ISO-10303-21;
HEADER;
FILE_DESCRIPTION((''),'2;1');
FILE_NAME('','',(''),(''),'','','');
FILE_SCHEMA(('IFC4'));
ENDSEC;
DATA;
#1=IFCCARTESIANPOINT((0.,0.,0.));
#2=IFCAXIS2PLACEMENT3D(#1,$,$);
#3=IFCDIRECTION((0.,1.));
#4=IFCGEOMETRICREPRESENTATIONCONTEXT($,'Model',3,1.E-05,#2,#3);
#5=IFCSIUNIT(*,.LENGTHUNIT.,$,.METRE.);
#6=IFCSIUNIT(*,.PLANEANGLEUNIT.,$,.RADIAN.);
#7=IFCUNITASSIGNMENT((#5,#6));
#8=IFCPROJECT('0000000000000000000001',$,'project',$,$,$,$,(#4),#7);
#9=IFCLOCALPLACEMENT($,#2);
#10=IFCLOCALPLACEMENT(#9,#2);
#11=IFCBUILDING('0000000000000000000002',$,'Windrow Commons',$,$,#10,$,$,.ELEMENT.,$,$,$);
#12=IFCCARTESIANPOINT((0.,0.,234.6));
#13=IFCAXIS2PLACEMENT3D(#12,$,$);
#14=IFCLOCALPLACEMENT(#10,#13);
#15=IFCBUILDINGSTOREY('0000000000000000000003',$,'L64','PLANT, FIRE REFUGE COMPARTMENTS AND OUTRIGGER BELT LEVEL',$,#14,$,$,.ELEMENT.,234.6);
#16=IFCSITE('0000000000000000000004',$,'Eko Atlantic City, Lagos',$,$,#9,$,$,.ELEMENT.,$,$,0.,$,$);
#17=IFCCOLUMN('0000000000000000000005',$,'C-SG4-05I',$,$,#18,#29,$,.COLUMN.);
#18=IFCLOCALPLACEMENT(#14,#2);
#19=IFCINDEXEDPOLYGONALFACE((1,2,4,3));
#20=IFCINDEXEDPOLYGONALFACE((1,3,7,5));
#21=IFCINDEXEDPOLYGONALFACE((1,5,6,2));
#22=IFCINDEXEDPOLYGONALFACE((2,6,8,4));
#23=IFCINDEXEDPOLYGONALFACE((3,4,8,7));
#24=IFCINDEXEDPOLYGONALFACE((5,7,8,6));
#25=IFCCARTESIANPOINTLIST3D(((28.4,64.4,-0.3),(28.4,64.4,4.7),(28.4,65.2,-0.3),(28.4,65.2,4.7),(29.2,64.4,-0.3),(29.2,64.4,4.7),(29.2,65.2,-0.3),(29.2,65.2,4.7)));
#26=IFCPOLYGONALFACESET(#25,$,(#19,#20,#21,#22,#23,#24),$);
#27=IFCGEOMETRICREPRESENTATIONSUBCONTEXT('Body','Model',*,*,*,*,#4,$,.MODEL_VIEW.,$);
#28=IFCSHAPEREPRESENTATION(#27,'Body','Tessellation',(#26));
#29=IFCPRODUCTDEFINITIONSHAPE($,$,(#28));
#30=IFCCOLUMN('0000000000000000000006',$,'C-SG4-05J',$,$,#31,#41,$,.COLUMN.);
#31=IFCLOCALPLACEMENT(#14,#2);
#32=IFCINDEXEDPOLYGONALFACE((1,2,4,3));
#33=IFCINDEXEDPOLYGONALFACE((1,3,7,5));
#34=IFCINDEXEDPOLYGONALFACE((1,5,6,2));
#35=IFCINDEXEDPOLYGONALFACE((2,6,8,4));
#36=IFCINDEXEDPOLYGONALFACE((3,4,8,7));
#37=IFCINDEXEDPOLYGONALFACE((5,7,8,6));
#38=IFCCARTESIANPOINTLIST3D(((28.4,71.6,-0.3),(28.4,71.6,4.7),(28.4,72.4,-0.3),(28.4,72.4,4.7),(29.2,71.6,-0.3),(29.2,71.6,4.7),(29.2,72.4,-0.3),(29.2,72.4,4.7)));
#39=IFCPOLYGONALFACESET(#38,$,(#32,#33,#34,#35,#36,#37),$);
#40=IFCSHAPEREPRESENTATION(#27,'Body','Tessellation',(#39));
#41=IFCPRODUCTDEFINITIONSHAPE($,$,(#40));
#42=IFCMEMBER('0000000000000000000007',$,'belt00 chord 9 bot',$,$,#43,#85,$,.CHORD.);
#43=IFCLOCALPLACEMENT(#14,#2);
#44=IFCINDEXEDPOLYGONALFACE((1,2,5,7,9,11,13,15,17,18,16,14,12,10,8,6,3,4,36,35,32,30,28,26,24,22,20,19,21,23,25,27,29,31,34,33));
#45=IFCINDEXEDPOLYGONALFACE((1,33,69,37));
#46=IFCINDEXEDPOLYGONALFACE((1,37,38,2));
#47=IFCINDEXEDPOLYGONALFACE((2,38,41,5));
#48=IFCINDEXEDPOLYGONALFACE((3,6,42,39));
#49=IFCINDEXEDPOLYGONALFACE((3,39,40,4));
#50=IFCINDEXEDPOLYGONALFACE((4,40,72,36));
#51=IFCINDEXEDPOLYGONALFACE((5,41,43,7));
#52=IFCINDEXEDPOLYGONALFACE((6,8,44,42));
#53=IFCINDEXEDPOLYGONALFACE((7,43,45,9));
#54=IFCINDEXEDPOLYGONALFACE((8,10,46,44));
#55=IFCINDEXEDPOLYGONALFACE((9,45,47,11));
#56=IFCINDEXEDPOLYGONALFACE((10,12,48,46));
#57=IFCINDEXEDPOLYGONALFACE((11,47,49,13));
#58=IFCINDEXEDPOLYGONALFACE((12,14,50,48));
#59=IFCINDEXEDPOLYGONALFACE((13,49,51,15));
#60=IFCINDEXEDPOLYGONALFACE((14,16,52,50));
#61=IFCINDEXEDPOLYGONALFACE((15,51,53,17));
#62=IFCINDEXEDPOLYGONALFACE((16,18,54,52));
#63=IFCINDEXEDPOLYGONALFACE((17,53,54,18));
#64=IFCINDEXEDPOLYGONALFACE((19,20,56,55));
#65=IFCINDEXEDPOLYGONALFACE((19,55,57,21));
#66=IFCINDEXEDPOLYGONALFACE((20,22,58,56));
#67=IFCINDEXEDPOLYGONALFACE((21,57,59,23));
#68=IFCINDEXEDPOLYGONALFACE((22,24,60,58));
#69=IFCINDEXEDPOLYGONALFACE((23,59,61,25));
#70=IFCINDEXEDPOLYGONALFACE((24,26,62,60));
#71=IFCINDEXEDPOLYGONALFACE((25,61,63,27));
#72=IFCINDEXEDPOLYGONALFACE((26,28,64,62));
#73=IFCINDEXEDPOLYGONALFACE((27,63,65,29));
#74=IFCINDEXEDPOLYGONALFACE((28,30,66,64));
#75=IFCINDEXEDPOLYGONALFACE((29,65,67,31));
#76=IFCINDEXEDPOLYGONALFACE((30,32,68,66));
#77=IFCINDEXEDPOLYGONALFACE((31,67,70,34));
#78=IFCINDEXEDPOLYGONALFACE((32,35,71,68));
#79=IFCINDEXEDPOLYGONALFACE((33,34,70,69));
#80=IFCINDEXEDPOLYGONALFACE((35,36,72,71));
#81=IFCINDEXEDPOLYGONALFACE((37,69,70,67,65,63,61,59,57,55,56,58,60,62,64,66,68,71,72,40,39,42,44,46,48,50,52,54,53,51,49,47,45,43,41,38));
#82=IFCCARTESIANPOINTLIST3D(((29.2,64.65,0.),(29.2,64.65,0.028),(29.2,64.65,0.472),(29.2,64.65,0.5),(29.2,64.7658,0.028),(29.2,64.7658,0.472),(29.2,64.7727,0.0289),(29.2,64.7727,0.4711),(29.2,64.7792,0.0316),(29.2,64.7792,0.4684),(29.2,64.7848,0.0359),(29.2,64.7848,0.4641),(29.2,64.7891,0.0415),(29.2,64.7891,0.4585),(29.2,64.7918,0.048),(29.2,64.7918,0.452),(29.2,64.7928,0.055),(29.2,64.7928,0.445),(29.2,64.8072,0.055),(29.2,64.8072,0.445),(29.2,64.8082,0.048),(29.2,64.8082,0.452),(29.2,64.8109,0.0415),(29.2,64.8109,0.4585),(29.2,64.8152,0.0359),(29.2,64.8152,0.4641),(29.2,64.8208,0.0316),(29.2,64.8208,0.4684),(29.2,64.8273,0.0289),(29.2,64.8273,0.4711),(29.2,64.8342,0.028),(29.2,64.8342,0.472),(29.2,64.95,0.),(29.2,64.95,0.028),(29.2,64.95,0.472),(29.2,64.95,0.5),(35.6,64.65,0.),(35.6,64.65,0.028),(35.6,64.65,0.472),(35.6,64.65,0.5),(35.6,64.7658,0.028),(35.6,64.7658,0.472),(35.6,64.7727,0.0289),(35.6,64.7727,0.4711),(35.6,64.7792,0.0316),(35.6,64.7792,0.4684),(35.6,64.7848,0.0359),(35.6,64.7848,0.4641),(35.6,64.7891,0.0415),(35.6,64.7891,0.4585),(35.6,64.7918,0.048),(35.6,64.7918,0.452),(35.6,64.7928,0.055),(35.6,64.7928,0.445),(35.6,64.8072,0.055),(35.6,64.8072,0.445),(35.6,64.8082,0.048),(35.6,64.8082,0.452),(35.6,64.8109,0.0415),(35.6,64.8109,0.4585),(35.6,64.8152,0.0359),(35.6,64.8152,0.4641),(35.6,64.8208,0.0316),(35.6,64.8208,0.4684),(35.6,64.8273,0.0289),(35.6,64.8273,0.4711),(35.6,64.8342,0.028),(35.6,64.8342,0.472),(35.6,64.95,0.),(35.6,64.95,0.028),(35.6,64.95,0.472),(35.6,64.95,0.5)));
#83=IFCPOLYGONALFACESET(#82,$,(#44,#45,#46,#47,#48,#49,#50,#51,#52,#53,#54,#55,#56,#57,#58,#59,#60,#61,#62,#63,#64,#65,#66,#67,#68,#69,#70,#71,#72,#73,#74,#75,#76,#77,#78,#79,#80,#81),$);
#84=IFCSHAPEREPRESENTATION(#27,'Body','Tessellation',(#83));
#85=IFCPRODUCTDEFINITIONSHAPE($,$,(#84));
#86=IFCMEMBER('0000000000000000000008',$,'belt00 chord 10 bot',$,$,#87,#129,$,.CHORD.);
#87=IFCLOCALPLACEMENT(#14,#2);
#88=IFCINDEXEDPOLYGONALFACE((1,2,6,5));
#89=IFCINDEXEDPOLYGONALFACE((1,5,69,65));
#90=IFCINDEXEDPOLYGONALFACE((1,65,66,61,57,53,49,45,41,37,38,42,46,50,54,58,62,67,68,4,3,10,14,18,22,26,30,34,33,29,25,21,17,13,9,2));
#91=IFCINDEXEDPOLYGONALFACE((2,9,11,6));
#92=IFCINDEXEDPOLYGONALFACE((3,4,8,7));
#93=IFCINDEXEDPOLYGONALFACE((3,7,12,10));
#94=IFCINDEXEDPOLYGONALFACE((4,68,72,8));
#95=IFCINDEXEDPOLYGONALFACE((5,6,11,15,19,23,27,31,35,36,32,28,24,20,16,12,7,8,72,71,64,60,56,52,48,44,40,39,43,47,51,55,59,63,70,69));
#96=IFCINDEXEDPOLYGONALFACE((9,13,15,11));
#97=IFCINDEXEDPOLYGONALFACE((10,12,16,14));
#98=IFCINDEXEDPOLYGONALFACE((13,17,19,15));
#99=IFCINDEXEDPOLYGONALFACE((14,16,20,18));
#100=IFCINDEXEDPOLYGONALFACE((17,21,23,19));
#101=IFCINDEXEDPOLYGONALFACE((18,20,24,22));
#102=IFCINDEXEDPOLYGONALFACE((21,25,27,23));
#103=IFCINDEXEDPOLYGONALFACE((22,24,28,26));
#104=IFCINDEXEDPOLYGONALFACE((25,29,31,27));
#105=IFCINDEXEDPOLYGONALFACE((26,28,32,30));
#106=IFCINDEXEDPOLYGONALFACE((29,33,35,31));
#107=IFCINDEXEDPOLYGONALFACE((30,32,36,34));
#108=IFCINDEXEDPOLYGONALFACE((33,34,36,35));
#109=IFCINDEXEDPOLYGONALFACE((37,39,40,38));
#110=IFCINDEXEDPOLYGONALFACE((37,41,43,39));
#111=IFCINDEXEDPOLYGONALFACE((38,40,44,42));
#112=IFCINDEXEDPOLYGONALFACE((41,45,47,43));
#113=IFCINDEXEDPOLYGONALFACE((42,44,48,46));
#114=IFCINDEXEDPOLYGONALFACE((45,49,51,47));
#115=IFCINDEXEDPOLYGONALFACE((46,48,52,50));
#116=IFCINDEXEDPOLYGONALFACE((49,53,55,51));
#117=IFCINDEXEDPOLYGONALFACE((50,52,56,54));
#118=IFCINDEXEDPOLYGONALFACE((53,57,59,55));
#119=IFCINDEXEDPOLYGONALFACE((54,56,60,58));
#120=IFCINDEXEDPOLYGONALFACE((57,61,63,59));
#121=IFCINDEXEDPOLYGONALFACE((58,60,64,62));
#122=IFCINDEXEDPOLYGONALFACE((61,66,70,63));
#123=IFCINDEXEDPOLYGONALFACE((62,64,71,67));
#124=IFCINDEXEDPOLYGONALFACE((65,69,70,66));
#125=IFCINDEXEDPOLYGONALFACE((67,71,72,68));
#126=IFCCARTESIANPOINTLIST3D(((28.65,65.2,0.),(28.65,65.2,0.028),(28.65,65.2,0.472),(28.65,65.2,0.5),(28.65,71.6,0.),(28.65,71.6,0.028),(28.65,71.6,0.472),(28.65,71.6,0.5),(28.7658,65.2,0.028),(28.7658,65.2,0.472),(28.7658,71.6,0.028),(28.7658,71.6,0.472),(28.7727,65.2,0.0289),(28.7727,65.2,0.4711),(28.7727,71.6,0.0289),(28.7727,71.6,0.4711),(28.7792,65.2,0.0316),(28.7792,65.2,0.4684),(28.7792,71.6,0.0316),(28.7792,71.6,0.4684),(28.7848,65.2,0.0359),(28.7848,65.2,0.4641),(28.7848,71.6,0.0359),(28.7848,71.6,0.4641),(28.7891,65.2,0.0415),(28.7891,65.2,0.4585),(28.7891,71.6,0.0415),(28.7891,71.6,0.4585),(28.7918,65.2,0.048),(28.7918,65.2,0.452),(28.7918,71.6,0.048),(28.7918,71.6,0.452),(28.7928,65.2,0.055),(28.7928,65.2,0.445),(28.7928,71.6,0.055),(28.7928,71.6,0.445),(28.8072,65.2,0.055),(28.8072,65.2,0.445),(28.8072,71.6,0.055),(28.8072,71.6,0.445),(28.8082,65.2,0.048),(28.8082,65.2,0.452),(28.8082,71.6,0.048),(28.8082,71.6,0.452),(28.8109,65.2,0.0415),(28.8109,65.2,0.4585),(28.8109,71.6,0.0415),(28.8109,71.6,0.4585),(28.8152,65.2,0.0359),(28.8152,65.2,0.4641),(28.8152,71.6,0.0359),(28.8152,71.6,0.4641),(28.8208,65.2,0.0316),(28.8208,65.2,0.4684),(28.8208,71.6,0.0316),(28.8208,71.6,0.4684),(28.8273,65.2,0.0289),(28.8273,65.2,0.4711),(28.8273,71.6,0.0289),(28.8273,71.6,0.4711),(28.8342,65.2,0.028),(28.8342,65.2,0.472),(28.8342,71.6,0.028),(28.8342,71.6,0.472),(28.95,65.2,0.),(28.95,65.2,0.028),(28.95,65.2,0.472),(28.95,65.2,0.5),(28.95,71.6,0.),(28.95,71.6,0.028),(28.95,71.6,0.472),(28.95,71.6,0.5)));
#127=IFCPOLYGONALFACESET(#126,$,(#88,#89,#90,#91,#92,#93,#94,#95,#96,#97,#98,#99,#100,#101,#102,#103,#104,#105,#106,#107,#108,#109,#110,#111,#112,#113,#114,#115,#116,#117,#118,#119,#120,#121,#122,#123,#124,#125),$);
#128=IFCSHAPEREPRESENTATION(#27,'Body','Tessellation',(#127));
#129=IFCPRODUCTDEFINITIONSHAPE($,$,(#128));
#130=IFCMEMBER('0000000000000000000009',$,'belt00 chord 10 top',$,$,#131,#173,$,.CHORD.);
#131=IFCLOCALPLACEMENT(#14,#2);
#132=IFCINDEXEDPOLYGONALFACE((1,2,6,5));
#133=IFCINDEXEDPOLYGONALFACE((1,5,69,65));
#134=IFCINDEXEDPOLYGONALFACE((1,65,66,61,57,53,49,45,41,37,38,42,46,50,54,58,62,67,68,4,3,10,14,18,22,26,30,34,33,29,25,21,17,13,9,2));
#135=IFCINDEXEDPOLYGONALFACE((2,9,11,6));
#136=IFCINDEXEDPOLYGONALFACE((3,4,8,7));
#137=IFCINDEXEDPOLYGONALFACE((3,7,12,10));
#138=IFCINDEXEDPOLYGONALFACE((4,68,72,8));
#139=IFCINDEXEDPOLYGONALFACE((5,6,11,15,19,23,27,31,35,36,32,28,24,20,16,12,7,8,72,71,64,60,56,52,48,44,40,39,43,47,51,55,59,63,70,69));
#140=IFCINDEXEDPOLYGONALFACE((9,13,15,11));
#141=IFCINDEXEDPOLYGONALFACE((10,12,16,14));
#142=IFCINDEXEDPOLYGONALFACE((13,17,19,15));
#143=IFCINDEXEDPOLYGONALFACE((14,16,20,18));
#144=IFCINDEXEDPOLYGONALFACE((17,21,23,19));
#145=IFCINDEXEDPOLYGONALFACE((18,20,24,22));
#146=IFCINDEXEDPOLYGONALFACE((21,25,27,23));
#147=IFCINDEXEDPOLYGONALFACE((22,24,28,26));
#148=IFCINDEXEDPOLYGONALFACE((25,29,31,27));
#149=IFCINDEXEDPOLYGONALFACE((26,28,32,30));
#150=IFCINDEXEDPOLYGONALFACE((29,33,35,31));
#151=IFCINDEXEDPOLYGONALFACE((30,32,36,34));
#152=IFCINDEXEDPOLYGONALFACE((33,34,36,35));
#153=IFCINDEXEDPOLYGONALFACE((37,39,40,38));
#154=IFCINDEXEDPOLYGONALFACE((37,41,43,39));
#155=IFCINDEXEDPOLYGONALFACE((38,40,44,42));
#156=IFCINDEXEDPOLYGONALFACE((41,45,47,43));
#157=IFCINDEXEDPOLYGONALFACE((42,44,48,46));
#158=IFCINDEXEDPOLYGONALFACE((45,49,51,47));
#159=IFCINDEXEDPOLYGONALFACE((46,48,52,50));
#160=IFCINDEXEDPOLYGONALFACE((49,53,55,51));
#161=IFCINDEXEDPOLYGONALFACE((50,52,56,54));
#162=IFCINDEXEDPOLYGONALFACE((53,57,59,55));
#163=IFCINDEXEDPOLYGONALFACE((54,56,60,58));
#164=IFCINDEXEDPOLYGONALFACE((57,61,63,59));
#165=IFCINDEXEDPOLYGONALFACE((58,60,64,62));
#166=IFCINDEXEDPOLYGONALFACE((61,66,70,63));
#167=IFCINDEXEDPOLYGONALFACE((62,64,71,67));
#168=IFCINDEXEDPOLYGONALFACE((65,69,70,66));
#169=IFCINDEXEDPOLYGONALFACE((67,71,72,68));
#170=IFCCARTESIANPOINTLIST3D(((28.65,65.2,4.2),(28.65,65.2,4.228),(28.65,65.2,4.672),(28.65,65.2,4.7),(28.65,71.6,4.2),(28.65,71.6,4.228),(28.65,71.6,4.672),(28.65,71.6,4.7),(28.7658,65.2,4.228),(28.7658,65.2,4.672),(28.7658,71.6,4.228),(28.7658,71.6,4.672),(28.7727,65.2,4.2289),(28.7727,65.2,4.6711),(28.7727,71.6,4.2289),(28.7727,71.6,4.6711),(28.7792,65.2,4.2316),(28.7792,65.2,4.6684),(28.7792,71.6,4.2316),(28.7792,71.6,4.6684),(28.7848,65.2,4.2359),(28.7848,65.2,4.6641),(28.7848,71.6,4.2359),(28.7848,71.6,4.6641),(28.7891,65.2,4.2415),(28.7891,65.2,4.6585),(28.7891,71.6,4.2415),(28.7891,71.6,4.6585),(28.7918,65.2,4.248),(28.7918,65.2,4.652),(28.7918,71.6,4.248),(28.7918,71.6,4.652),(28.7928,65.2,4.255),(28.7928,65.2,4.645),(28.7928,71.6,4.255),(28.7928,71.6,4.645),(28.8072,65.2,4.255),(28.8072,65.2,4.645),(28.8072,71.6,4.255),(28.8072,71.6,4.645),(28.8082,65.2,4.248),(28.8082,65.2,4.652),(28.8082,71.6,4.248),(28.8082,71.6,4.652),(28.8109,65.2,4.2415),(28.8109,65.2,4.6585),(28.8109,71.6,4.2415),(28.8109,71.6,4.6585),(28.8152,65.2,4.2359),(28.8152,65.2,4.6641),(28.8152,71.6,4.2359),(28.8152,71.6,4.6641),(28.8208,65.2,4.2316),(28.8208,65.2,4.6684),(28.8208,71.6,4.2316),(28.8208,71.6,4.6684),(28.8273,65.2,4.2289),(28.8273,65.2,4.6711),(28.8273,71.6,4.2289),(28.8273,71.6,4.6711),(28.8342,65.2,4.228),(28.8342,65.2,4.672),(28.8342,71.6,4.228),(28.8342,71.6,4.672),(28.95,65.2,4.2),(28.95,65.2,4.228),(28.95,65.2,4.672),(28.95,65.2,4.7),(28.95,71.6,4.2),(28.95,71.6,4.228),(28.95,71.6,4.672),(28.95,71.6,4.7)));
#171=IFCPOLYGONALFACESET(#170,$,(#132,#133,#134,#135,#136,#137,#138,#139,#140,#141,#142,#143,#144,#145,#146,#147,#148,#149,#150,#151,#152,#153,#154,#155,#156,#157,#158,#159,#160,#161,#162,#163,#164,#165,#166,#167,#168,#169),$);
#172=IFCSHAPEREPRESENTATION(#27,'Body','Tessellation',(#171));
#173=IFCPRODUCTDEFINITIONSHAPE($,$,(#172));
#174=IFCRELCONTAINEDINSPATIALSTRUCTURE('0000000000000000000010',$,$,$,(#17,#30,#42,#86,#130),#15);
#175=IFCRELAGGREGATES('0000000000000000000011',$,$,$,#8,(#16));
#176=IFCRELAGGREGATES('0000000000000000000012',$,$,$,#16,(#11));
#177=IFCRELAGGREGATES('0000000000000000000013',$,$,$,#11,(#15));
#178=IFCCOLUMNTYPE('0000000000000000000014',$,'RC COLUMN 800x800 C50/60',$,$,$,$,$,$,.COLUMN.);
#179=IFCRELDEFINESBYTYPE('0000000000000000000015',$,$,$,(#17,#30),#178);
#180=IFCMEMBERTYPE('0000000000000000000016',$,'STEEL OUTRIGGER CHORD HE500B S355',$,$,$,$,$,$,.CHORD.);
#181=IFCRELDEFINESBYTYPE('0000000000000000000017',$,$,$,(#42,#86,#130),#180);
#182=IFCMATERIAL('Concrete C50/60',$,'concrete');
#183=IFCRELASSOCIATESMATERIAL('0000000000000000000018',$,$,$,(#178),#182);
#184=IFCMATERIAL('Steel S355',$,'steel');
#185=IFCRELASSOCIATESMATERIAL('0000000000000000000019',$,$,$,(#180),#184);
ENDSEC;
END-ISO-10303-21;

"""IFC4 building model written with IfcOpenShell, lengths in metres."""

from ifc_helpers import new_model, si_unit, direction, frame, origin, origin_2d, place, context, subcontext, project, spatial, rectangle, i_section, extrude, material, material_profile, profile_set, type_object, element, save


model = new_model("IFC4")

# Units and contexts
model_context = context("Model", 3, precision=1e-05, world=origin(), true_north=direction((0.0, 1.0)))
body_context = subcontext(model_context, "Body", "Model", "MODEL_VIEW")
ifc_project = project(units=[si_unit("LENGTHUNIT", "METRE"), si_unit("PLANEANGLEUNIT", "RADIAN")], contexts=[model_context])

# Site, building, storey
site_placement = place(None, origin())
site = spatial("IfcSite", under=ifc_project, at=site_placement, Name="Eko Atlantic City, Lagos", CompositionType="ELEMENT", RefElevation=0.0)
building_placement = place(site_placement, origin())
building = spatial("IfcBuilding", under=site, at=building_placement, Name="Windrow Commons", CompositionType="ELEMENT")
storey_placement = place(building_placement, frame((0.0, 0.0, 234.6)))
storey = spatial("IfcBuildingStorey", under=building, at=storey_placement, Name="L64", Description="PLANT, FIRE REFUGE COMPARTMENTS AND OUTRIGGER BELT LEVEL", CompositionType="ELEMENT", Elevation=234.6)

# Columns
ifc_material_1 = material(Name="Concrete C50/60", Category="concrete")
ifc_material_profile_1 = material_profile(ifc_material_1, rectangle(XDim=0.8, YDim=0.8, at=origin_2d()))
ifc_profile_set_1 = profile_set([ifc_material_profile_1], Name="Concrete C50/60")
column_type = type_object("IfcColumnType", Name="RC COLUMN 800x800 C50/60", PredefinedType="COLUMN", material=ifc_profile_set_1)
for number, where, z_axis, x_axis, name in (
    (1, (28.8, 64.8, -0.3), (0.0, 0.0, 1.0), (1.0, 0.0, 0.0), "C-SG4-05I"),
    (2, (28.8, 72.0, -0.3), (0.0, 0.0, 1.0), (1.0, 0.0, 0.0), "C-SG4-05J"),
):
    element("IfcColumn", number, at=place(storey_placement, frame(where, z_axis=z_axis, x_axis=x_axis)), inside=storey, type_object=column_type, Name=name, PredefinedType="COLUMN", context=body_context, shape_type="SweptSolid", body=[
        extrude(rectangle(XDim=0.8, YDim=0.8, at=origin_2d()), origin(), (0.0, 0.0, 1.0), 5.0),
    ])

# Members
ifc_material_2 = material(Name="Steel S355", Category="steel")
ifc_material_profile_2 = material_profile(ifc_material_2, i_section(OverallWidth=0.3, OverallDepth=0.5, WebThickness=0.0145, FlangeThickness=0.028, FilletRadius=0.027, at=origin_2d()))
ifc_profile_set_2 = profile_set([ifc_material_profile_2], Name="Steel S355")
member_type_1 = type_object("IfcMemberType", Name="STEEL OUTRIGGER CHORD HE500B S355", PredefinedType="CHORD", material=ifc_profile_set_2)
for number, where, z_axis, x_axis, name in (
    (3, (35.6, 64.8, 0.25), (-1.0, 0.0, 0.0), (0.0, -1.0, 0.0), "belt00 chord 9 bot"),
    (4, (28.8, 65.2, 0.25), (0.0, 1.0, 0.0), (-1.0, 0.0, 0.0), "belt00 chord 10 bot"),
    (5, (28.8, 65.2, 4.45), (0.0, 1.0, 0.0), (-1.0, 0.0, 0.0), "belt00 chord 10 top"),
):
    element("IfcMember", number, at=place(storey_placement, frame(where, z_axis=z_axis, x_axis=x_axis)), inside=storey, type_object=member_type_1, Name=name, PredefinedType="CHORD", context=body_context, shape_type="SweptSolid", body=[
        extrude(i_section(OverallWidth=0.3, OverallDepth=0.5, WebThickness=0.0145, FlangeThickness=0.028, FilletRadius=0.027, at=origin_2d()), origin(), (0.0, 0.0, 1.0), 6.4),
    ])

save(model, "model.ifc")
